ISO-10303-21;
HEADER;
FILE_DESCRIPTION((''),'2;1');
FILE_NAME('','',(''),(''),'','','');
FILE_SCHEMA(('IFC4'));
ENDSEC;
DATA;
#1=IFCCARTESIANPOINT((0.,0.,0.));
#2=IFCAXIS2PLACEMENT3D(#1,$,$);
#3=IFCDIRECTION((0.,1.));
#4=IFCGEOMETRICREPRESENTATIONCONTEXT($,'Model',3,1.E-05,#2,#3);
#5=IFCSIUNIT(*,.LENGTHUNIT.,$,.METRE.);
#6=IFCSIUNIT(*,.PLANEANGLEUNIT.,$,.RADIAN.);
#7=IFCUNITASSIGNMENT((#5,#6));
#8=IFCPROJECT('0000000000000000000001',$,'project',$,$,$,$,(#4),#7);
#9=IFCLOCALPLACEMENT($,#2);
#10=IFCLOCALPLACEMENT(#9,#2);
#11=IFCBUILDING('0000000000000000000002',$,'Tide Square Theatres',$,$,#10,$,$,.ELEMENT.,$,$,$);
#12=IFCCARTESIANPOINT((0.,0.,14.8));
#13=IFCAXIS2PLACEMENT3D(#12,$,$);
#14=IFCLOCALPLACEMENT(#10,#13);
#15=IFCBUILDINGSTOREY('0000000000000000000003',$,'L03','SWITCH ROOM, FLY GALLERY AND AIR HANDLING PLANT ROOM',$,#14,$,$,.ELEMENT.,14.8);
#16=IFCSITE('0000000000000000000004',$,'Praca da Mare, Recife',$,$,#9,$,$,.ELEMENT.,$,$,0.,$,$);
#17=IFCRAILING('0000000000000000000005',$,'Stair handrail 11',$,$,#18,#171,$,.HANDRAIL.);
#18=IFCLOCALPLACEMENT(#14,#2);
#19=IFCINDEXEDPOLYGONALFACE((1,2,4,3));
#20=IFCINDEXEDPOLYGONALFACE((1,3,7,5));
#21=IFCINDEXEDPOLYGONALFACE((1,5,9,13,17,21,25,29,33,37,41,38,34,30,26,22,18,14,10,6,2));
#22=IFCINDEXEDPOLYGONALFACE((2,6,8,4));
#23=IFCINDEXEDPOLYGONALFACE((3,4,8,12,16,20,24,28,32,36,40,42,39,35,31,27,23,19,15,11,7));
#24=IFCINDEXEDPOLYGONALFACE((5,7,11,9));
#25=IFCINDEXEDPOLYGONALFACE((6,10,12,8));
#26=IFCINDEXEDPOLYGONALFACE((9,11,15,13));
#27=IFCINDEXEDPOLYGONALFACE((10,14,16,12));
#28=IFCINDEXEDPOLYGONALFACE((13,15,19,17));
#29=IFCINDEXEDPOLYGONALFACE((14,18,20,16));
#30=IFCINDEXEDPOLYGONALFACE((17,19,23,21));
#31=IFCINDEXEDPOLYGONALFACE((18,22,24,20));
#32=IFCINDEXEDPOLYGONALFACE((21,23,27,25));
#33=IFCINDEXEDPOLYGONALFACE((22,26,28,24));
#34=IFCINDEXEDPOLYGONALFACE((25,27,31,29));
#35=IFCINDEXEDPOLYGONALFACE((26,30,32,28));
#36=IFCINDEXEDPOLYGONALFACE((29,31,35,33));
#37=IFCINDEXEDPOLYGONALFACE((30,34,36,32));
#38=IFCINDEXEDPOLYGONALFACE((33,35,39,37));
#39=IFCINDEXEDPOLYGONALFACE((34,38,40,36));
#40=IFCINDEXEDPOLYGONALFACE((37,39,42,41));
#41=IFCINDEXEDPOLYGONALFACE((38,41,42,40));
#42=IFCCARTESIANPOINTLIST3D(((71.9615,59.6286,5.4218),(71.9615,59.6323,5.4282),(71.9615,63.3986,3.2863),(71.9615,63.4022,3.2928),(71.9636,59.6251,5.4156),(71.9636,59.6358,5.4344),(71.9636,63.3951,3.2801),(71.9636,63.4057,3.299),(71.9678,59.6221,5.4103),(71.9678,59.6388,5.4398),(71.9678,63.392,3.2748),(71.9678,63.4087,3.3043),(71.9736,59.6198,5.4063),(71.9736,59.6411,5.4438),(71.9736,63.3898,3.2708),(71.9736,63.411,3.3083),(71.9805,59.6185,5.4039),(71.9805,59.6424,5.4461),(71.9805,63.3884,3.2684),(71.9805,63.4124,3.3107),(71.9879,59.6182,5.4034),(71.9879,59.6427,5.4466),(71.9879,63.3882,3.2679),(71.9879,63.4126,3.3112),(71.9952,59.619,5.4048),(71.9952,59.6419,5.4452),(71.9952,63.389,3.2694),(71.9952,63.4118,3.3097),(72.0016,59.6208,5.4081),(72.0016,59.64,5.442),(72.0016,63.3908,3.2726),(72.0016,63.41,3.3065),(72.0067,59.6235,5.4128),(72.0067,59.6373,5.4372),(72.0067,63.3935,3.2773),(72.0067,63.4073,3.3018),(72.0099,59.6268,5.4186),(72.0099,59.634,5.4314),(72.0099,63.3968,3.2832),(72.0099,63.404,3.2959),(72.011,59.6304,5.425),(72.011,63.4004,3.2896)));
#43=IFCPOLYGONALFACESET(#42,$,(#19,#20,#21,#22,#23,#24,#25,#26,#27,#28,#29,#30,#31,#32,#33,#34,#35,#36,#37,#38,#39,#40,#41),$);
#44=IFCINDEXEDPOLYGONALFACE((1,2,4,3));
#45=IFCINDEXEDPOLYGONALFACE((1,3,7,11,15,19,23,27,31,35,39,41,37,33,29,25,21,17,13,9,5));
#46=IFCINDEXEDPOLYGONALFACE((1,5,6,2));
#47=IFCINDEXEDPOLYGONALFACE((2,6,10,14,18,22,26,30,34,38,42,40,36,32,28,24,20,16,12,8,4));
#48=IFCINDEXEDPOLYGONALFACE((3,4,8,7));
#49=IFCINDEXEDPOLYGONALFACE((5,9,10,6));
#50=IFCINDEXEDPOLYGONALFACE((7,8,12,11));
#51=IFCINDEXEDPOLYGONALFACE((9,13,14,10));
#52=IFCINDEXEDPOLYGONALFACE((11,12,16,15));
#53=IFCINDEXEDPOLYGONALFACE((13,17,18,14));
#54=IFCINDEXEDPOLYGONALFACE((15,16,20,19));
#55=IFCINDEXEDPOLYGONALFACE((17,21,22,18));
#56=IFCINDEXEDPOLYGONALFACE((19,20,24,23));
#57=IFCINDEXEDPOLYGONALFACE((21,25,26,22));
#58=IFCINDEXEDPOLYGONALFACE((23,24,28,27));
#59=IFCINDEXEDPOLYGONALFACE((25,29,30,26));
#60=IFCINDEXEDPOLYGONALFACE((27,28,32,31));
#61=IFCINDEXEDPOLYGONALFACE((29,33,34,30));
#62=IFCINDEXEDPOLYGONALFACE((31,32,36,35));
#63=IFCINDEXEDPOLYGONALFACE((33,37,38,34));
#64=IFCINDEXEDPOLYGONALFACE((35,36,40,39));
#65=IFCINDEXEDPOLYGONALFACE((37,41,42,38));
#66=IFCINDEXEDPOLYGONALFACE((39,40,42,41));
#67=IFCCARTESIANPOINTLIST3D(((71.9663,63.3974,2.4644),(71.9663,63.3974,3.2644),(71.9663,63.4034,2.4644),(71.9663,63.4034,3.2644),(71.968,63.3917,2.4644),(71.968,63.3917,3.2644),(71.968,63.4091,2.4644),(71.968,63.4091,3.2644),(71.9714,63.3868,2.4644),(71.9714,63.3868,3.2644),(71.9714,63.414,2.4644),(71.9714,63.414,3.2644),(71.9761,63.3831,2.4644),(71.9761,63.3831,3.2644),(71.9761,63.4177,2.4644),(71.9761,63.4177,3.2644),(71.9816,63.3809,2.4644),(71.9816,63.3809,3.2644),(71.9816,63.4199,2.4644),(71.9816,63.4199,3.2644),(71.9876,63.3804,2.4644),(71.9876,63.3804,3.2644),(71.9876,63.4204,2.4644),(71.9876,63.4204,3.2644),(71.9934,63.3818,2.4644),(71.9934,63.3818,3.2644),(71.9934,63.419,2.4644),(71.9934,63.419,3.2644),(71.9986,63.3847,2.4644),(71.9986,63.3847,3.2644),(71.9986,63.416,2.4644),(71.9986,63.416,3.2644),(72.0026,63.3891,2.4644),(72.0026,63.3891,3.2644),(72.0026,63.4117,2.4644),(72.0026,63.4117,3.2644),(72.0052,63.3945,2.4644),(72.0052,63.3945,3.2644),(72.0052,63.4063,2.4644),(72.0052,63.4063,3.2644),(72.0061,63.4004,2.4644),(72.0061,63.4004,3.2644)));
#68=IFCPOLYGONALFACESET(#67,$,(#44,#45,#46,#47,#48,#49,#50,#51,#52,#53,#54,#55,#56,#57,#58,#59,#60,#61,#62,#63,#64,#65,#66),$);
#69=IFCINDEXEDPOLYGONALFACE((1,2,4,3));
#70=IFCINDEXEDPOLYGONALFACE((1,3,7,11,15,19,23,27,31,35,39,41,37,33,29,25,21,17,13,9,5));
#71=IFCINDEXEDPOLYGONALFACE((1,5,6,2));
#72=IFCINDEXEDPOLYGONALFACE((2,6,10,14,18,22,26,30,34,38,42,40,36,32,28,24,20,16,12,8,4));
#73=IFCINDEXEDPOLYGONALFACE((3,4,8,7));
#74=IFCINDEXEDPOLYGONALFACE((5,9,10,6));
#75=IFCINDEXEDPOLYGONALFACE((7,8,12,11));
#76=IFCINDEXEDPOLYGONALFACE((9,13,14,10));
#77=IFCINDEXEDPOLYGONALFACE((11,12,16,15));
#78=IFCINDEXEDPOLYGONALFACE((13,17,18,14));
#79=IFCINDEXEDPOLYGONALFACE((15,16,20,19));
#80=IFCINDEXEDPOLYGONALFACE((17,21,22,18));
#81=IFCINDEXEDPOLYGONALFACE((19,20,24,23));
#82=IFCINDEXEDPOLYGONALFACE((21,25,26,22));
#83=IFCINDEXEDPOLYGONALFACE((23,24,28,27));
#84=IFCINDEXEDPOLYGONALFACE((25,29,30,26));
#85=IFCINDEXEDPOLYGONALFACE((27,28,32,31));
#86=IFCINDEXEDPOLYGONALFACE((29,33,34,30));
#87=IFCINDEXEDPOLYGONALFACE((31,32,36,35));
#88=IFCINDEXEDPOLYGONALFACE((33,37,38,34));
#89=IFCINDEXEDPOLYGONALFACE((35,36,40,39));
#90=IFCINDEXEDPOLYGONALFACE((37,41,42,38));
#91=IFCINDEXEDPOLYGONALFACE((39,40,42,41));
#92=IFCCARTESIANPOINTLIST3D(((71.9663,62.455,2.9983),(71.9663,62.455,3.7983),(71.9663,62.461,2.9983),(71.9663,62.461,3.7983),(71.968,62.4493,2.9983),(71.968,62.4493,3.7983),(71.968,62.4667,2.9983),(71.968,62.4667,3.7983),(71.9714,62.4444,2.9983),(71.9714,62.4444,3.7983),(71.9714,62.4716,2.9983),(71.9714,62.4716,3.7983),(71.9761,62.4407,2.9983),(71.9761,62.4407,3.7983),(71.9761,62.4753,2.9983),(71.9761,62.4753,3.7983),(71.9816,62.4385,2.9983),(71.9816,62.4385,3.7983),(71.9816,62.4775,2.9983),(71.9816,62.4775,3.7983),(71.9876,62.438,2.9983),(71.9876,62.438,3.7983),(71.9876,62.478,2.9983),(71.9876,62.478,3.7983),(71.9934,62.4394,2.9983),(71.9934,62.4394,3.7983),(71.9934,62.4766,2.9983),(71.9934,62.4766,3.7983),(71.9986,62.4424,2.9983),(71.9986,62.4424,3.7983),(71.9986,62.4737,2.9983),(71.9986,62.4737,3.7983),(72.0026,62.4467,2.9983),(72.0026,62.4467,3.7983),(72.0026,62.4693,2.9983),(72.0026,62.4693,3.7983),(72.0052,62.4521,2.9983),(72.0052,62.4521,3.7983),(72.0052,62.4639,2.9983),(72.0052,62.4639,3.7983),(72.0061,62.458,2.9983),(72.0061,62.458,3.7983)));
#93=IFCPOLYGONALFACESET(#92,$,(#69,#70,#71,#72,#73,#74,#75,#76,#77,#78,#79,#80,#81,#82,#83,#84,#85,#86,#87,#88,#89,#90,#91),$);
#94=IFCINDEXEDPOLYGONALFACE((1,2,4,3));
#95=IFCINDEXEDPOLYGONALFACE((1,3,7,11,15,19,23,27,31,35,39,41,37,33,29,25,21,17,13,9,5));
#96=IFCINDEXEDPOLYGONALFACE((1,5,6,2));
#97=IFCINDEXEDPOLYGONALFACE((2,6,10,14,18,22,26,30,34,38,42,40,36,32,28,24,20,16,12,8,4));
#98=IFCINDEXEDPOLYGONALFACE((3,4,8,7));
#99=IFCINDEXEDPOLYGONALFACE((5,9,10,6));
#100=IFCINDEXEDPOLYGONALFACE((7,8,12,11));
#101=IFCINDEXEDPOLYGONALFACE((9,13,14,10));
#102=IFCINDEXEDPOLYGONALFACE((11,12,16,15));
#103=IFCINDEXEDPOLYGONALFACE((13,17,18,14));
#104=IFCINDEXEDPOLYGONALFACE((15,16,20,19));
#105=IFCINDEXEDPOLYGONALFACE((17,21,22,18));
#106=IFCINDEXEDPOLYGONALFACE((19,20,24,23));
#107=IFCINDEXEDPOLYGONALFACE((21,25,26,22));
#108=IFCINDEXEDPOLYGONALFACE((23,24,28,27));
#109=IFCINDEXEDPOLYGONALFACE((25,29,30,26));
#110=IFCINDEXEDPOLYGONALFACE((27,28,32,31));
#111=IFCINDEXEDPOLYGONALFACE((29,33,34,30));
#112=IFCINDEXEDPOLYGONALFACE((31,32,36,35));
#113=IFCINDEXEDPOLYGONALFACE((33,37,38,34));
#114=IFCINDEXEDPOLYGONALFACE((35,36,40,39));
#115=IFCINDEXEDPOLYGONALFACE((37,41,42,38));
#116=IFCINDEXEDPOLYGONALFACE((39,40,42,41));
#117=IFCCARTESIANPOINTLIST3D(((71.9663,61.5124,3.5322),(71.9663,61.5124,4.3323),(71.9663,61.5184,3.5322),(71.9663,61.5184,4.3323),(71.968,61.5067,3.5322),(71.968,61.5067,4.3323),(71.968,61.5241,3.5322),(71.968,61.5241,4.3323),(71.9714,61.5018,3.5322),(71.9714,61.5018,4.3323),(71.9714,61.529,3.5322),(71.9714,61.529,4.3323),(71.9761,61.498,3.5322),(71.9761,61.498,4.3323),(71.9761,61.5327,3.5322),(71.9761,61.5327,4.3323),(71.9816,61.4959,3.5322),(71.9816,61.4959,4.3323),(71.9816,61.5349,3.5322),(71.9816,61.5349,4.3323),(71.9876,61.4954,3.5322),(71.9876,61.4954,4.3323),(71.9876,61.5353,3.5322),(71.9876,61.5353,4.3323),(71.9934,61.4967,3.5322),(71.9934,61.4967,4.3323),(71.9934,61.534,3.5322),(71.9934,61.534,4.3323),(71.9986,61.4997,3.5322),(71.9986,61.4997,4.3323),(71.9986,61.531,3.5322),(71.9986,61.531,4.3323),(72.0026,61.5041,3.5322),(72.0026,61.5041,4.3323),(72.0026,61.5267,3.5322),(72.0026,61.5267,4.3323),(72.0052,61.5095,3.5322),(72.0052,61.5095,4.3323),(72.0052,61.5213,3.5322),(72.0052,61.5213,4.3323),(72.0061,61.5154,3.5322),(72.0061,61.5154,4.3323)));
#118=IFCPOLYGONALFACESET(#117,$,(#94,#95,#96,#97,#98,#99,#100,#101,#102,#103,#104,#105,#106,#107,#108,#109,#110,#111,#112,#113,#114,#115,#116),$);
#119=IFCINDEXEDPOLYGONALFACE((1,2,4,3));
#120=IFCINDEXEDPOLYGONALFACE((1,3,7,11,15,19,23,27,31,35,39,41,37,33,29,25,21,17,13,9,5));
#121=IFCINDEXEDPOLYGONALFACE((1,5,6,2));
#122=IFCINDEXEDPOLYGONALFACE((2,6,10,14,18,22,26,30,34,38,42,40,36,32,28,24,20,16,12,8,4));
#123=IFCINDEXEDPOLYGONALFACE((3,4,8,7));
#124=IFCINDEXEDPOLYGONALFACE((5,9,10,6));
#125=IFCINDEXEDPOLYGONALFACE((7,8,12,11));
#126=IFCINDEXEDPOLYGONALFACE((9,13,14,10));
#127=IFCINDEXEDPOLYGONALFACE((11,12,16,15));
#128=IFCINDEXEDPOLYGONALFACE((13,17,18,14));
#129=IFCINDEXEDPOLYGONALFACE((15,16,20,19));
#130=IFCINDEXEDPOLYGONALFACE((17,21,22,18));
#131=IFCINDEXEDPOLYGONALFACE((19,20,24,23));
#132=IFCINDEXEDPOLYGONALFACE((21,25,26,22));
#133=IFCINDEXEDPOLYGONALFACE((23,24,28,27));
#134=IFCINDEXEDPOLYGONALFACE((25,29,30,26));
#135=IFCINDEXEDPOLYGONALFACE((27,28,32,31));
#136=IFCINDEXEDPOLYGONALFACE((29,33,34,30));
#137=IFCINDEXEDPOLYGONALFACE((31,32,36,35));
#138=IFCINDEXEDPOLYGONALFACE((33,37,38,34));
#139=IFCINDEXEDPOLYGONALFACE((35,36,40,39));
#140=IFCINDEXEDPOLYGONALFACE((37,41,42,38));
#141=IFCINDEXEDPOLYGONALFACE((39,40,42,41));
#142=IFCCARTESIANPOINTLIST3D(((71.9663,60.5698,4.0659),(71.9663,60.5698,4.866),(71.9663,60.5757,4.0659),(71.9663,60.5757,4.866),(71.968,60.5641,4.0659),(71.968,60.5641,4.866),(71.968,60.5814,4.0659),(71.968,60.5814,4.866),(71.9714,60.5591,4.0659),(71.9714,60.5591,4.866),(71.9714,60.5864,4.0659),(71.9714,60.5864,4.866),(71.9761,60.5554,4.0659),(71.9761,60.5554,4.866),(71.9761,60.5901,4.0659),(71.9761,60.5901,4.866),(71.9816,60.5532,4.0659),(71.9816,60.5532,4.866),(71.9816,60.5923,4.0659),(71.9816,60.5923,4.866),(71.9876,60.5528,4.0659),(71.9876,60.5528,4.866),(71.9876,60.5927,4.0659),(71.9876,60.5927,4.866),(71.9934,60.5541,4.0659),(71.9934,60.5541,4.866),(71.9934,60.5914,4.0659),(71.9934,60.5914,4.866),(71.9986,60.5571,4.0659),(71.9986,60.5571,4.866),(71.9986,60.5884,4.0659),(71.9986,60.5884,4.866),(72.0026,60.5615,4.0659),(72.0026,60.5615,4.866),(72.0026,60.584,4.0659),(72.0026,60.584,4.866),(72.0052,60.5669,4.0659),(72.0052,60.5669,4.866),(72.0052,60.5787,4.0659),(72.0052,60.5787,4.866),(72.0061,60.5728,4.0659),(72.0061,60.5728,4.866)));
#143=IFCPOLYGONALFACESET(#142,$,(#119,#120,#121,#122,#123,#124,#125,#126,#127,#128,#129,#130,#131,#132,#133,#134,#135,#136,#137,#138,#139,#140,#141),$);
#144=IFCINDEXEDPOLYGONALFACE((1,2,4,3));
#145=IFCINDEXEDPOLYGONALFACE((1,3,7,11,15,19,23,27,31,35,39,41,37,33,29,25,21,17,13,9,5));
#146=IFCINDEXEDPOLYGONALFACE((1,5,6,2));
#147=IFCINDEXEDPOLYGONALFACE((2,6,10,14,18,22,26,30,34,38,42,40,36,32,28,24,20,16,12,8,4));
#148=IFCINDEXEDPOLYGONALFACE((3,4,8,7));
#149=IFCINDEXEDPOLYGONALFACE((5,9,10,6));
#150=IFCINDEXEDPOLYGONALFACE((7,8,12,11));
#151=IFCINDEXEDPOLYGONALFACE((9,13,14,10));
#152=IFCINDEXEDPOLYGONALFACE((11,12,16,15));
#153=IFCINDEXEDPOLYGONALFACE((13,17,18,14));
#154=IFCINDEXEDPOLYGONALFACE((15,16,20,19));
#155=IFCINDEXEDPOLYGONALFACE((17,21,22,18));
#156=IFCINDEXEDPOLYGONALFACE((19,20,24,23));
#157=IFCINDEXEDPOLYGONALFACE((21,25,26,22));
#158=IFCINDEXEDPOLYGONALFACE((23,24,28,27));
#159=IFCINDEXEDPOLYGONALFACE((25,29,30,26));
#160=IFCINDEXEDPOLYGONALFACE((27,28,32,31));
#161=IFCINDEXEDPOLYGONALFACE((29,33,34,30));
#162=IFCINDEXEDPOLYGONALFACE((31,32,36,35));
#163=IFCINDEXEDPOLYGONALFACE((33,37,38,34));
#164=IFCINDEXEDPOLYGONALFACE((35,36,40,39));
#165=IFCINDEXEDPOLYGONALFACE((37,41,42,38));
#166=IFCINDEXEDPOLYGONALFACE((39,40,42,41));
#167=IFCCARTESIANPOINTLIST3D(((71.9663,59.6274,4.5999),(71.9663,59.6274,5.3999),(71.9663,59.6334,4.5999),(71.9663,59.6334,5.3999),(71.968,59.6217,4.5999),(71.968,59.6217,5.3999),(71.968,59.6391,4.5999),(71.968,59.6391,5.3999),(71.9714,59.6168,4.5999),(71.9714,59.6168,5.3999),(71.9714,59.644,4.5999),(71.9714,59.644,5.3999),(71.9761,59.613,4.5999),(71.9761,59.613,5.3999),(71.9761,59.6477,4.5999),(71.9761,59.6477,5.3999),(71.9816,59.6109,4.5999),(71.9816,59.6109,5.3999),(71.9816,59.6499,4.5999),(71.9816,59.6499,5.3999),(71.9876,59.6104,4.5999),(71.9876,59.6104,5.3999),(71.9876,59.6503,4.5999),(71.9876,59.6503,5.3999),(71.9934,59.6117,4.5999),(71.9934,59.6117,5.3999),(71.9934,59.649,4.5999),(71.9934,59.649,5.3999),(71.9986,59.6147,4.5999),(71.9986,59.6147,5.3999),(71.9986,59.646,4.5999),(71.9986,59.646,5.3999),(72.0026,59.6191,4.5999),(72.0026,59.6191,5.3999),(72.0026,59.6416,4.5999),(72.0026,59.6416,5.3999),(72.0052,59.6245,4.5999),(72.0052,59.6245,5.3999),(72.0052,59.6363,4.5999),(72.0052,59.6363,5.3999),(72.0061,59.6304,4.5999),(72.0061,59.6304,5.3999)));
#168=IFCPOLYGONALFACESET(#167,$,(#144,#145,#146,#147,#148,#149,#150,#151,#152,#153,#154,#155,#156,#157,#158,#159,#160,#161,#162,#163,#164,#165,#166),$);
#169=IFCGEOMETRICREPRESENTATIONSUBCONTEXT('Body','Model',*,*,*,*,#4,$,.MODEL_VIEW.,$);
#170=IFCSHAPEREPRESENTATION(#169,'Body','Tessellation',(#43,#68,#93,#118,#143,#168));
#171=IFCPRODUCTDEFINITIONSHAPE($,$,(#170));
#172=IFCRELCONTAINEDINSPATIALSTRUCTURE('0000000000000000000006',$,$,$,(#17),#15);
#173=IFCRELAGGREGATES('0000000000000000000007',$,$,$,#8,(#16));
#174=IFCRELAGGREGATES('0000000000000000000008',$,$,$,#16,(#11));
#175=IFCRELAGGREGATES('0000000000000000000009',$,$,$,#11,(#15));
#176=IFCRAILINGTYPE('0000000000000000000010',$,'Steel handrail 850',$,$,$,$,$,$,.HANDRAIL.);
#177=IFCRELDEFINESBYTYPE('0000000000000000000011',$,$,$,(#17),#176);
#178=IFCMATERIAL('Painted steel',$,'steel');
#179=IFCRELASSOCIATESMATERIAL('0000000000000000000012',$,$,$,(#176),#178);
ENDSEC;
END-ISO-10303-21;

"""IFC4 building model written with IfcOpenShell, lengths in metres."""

from ifc_helpers import new_model, si_unit, direction, frame, origin, origin_2d, place, context, subcontext, project, spatial, circle, extrude, material, type_object, element, save


model = new_model("IFC4")

# Units and contexts
model_context = context("Model", 3, precision=1e-05, world=origin(), true_north=direction((0.0, 1.0)))
body_context = subcontext(model_context, "Body", "Model", "MODEL_VIEW")
ifc_project = project(units=[si_unit("LENGTHUNIT", "METRE"), si_unit("PLANEANGLEUNIT", "RADIAN")], contexts=[model_context])

# Site, building, storey
site_placement = place(None, origin())
site = spatial("IfcSite", under=ifc_project, at=site_placement, Name="Praca da Mare, Recife", CompositionType="ELEMENT", RefElevation=0.0)
building_placement = place(site_placement, origin())
building = spatial("IfcBuilding", under=site, at=building_placement, Name="Tide Square Theatres", CompositionType="ELEMENT")
storey_placement = place(building_placement, frame((0.0, 0.0, 14.8)))
storey = spatial("IfcBuildingStorey", under=building, at=storey_placement, Name="L03", Description="SWITCH ROOM, FLY GALLERY AND AIR HANDLING PLANT ROOM", CompositionType="ELEMENT", Elevation=14.8)

# Railing
ifc_material_1 = material(Name="Painted steel", Category="steel")
railing_type = type_object("IfcRailingType", Name="Steel handrail 850", PredefinedType="HANDRAIL", material=ifc_material_1)
for number, where, name in (
    (1, (71.9861, 63.4004, 2.4644), "Stair handrail 11"),
):
    element("IfcRailing", number, at=place(storey_placement, frame(where)), inside=storey, type_object=railing_type, Name=name, PredefinedType="HANDRAIL", context=body_context, shape_type="SweptSolid", body=[
        extrude(circle(Radius=0.0249, at=origin_2d()), frame((0.0, 0.0, 0.8252), z_axis=(0.0, -0.870106, 0.492865), x_axis=(1.0, 0.0, 0.0)), (0.0, 0.0, 1.0), 4.3328),
        extrude(circle(Radius=0.02, at=origin_2d()), origin(), (0.0, 0.0, 1.0), 0.8),
        extrude(circle(Radius=0.02, at=origin_2d()), frame((0.0, -0.9424, 0.5339)), (0.0, 0.0, 1.0), 0.8),
        extrude(circle(Radius=0.02, at=origin_2d()), frame((0.0, -1.885, 1.0679)), (0.0, 0.0, 1.0), 0.8),
        extrude(circle(Radius=0.02, at=origin_2d()), frame((0.0, -2.8276, 1.6016)), (0.0, 0.0, 1.0), 0.8),
        extrude(circle(Radius=0.02, at=origin_2d()), frame((0.0, -3.77, 2.1355)), (0.0, 0.0, 1.0), 0.8),
    ])

save(model, "model.ifc")
